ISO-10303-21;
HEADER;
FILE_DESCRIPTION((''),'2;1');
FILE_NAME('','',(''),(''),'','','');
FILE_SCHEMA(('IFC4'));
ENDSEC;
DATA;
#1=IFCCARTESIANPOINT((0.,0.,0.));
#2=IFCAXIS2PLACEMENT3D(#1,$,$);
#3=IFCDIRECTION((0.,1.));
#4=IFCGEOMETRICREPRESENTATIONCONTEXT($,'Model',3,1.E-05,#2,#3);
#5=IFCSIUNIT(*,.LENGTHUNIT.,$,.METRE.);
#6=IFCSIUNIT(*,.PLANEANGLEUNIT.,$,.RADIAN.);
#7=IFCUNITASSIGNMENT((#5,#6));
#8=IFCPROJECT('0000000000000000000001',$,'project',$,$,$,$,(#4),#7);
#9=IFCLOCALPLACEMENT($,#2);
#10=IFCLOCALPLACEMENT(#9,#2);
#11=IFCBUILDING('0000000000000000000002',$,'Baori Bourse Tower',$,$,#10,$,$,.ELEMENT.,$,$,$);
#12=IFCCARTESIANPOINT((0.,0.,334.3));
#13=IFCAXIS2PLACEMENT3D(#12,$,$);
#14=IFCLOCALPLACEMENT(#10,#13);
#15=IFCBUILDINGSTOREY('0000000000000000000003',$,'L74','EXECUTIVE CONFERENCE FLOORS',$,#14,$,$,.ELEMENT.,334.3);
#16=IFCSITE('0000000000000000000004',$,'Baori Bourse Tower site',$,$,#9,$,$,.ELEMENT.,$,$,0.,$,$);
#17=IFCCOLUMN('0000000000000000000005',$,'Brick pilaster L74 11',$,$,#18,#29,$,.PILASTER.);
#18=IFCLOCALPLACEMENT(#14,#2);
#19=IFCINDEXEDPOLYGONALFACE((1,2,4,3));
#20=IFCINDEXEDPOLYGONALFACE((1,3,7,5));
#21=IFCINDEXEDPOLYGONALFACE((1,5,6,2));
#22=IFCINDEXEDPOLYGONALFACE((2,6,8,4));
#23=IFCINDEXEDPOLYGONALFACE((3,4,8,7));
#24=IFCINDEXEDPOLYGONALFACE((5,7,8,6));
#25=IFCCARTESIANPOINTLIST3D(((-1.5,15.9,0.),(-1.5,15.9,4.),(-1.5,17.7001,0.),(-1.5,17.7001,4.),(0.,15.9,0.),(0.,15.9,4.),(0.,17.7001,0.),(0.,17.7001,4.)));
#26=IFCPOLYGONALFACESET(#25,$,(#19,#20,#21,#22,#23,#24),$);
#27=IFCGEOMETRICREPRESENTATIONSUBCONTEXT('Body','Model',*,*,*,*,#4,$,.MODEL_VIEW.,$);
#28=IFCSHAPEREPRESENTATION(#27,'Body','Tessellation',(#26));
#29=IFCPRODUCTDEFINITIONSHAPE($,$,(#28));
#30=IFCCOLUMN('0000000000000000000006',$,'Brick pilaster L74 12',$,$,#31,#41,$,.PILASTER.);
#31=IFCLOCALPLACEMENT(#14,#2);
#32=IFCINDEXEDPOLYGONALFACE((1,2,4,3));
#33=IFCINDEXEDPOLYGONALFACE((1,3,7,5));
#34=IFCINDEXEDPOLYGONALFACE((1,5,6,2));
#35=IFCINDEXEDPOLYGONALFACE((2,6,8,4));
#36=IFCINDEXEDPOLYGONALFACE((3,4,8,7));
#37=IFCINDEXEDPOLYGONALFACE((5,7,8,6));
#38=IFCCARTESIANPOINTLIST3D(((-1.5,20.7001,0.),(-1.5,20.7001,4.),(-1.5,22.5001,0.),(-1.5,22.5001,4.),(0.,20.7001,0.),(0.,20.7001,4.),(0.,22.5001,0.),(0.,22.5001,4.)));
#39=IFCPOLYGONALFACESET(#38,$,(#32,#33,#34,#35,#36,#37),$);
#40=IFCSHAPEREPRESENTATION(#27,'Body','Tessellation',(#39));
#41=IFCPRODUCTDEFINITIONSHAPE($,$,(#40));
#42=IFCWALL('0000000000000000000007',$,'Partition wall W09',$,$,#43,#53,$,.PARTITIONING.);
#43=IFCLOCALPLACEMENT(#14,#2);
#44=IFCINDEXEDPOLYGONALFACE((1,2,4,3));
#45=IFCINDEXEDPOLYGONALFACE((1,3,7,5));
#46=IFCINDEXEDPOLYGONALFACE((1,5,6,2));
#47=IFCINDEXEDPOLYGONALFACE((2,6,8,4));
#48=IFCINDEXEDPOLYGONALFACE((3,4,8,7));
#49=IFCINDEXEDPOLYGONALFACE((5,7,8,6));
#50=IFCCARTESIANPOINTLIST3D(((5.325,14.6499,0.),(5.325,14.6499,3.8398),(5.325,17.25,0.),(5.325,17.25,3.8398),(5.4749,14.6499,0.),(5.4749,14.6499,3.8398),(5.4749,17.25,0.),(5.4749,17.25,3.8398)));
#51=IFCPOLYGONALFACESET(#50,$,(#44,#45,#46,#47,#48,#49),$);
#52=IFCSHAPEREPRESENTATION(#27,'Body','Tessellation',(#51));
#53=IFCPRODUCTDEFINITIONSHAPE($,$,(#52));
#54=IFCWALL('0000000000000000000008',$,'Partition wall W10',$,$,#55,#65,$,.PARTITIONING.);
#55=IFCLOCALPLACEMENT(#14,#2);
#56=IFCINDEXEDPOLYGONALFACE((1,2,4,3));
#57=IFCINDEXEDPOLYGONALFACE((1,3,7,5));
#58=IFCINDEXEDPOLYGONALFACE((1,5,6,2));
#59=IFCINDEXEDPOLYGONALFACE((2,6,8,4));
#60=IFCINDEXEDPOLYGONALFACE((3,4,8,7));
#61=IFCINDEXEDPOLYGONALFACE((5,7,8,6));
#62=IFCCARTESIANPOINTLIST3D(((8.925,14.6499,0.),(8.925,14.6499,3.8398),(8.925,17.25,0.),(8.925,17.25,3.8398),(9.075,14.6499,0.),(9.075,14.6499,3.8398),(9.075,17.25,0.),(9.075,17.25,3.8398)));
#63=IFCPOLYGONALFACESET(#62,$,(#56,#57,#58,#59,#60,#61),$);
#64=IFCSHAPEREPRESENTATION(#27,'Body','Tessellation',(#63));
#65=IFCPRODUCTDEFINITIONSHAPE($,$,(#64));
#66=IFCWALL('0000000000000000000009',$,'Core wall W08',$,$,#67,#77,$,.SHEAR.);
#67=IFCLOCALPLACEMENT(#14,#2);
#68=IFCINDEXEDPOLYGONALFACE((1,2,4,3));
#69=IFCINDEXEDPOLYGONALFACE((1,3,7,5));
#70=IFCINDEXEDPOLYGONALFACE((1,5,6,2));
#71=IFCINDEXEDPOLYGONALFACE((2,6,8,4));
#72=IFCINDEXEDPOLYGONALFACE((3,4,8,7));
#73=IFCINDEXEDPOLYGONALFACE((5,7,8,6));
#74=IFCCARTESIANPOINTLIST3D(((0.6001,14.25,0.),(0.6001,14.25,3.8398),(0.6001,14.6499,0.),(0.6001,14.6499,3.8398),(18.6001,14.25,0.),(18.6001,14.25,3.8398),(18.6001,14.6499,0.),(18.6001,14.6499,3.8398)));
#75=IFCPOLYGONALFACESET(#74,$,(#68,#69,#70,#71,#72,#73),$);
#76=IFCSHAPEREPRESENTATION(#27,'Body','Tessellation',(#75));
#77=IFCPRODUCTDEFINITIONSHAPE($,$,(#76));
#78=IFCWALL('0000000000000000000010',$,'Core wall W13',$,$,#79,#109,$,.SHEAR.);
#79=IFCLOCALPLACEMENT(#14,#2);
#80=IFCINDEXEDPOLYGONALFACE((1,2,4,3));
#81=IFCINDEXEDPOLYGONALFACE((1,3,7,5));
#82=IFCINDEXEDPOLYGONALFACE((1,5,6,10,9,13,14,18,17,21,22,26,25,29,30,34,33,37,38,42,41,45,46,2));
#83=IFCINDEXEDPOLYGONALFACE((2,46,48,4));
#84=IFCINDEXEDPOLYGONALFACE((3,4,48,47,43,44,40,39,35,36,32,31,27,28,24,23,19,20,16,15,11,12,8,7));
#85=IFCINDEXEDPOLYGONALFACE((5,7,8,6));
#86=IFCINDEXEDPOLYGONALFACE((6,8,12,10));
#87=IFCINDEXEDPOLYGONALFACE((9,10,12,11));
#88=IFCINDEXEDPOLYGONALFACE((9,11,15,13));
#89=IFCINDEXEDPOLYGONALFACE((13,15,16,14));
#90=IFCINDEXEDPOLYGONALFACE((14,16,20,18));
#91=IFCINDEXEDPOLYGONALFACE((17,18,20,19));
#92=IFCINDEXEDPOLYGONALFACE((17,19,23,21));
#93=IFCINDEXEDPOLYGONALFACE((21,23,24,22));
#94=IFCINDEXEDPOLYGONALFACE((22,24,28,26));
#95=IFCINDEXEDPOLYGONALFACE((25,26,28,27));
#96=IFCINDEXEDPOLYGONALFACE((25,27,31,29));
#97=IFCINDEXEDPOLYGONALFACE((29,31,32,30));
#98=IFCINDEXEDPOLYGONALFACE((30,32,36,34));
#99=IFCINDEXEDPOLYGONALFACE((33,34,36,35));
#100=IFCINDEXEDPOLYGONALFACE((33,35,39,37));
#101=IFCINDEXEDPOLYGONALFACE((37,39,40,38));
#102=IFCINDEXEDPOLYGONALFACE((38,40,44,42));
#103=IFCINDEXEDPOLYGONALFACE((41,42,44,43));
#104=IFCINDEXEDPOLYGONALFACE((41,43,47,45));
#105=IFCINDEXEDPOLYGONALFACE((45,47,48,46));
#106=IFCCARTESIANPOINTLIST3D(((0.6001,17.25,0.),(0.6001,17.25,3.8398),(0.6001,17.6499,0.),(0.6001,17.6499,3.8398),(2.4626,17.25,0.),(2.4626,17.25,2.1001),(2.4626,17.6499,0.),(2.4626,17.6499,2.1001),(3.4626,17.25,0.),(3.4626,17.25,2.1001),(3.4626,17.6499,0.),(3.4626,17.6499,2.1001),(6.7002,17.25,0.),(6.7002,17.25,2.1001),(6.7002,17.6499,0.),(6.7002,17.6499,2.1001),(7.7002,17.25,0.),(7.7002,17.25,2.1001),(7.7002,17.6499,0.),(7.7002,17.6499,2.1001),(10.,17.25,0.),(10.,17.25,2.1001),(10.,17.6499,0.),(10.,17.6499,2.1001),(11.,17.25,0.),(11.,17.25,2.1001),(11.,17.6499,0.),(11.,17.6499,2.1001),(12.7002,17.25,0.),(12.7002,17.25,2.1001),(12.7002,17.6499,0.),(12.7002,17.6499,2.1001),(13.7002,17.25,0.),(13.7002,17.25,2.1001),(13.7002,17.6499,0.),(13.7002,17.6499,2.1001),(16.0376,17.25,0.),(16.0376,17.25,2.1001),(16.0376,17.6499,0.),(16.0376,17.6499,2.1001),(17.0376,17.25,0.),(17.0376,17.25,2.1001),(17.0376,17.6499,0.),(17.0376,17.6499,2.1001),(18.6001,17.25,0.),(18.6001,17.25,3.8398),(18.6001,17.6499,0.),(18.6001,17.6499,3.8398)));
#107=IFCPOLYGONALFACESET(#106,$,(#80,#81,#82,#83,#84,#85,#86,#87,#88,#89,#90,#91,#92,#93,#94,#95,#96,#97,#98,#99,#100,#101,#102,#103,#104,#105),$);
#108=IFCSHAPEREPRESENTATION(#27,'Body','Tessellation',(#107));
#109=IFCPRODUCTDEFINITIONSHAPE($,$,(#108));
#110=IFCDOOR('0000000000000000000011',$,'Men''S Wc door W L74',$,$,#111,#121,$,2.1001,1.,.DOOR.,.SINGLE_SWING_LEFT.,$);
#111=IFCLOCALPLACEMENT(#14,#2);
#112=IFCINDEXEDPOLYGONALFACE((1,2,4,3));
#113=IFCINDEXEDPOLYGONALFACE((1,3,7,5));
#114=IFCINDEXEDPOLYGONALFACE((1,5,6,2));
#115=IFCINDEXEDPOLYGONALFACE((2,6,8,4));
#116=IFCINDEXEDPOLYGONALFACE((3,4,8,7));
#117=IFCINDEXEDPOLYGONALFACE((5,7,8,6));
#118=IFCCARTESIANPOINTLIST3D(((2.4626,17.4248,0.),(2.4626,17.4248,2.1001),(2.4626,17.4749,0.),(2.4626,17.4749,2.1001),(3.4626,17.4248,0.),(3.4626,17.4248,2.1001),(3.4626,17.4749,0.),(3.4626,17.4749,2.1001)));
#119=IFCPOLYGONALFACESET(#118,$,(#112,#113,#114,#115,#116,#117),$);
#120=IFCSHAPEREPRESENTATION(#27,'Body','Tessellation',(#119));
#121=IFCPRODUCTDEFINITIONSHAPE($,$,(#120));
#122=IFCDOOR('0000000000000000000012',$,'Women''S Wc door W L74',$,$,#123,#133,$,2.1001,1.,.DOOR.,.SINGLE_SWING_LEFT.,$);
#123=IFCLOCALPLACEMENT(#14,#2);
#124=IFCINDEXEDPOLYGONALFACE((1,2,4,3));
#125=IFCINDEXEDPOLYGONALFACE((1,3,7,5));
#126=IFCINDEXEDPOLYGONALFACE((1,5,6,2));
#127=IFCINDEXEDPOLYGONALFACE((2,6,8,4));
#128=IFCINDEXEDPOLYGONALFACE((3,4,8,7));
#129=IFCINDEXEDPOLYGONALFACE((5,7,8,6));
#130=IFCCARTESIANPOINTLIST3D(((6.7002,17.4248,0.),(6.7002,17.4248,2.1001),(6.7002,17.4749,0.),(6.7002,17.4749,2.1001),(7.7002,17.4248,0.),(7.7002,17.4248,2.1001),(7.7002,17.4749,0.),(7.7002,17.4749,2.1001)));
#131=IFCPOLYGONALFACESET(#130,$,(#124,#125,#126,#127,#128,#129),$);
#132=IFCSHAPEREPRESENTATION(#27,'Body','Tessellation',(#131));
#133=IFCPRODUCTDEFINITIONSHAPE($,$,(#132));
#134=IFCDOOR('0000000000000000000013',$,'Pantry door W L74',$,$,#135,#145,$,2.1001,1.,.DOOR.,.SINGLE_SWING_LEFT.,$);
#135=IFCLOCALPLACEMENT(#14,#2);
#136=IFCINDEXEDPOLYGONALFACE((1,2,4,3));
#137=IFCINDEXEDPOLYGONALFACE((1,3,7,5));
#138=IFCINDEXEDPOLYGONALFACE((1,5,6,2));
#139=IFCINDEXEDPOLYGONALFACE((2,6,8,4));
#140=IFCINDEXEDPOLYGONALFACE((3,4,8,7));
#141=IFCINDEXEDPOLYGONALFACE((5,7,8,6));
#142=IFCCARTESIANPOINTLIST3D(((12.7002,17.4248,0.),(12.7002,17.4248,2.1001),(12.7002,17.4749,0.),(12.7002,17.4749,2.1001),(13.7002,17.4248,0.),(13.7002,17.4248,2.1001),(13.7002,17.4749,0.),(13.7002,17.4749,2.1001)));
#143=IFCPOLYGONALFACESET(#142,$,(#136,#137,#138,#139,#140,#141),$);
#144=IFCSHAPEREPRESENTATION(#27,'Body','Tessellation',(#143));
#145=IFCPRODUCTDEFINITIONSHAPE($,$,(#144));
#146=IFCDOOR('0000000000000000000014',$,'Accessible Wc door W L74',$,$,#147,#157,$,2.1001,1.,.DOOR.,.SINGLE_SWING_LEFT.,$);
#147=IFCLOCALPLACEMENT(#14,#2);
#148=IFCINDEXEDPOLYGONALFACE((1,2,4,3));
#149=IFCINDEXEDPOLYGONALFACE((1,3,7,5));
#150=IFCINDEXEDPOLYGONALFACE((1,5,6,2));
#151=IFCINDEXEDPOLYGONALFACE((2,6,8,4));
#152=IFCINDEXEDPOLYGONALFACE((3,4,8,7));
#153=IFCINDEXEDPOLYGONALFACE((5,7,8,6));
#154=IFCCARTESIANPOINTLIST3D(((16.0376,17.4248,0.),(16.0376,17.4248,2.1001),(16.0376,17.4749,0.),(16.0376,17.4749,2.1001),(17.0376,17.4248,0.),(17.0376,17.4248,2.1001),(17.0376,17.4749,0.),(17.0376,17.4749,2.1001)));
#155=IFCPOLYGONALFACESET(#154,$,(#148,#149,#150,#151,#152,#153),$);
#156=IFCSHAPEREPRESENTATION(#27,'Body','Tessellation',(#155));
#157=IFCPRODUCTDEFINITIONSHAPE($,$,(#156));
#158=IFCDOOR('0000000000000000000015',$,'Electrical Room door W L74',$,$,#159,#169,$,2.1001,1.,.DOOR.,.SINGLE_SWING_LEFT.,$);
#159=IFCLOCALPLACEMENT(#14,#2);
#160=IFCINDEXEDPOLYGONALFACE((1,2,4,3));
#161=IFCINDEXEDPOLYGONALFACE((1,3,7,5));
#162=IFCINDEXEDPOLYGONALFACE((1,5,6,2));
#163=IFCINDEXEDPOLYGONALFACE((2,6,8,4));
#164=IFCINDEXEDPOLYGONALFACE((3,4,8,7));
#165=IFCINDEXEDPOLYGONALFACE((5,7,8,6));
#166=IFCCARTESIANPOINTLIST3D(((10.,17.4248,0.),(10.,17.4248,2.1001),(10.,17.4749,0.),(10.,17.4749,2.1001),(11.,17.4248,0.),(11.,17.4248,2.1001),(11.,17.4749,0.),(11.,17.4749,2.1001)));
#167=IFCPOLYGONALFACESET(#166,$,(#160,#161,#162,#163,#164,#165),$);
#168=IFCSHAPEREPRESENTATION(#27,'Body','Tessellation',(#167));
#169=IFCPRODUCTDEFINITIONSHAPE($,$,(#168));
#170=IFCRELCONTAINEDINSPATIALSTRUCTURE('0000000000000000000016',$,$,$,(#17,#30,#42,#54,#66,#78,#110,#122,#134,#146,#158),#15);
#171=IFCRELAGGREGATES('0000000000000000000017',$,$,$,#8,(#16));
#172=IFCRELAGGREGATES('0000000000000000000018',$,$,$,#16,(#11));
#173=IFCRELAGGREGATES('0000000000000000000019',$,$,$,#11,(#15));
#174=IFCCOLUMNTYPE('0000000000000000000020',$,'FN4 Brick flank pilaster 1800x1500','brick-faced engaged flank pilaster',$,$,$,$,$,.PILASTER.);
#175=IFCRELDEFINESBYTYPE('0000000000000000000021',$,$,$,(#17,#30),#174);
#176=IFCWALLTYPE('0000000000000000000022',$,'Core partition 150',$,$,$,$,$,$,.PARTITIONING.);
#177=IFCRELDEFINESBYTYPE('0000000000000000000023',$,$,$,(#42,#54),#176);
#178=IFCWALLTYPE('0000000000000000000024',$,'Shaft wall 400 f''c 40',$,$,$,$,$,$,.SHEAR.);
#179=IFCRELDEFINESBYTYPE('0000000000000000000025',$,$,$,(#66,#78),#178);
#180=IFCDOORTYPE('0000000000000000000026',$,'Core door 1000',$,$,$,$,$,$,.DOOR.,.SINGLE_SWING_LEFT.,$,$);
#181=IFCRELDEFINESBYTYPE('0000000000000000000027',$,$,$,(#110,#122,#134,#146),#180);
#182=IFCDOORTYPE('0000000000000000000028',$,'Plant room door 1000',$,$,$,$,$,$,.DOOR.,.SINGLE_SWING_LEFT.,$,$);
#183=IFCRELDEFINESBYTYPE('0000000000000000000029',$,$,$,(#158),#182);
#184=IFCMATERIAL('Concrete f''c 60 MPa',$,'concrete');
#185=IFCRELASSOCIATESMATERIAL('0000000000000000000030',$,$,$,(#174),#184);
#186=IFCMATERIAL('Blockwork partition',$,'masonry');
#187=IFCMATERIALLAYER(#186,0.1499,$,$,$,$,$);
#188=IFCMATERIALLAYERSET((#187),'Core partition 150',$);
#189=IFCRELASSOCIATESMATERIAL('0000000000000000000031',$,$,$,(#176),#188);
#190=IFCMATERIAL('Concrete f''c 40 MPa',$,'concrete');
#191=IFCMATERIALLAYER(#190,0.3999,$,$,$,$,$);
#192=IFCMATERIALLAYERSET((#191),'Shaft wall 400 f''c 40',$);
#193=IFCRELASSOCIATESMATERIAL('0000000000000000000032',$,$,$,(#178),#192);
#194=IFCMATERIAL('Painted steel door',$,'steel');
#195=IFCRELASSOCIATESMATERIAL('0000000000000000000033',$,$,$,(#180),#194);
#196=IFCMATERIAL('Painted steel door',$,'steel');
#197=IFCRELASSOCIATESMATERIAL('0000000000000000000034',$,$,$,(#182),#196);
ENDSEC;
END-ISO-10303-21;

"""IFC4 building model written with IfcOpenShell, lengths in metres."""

from ifc_helpers import new_model, si_unit, direction, frame, frame_2d, origin, origin_2d, place, context, subcontext, project, spatial, rectangle, extrude, material, layer, layer_set, material_profile, profile_set, type_object, element, fill, save


model = new_model("IFC4")

# Units and contexts
model_context = context("Model", 3, precision=1e-05, world=origin(), true_north=direction((0.0, 1.0)))
body_context = subcontext(model_context, "Body", "Model", "MODEL_VIEW")
ifc_project = project(units=[si_unit("LENGTHUNIT", "METRE"), si_unit("PLANEANGLEUNIT", "RADIAN")], contexts=[model_context])

# Site, building, storey
site_placement = place(None, origin())
site = spatial("IfcSite", under=ifc_project, at=site_placement, Name="Baori Bourse Tower site", CompositionType="ELEMENT", RefElevation=0.0)
building_placement = place(site_placement, origin())
building = spatial("IfcBuilding", under=site, at=building_placement, Name="Baori Bourse Tower", CompositionType="ELEMENT")
storey_placement = place(building_placement, frame((0.0, 0.0, 334.3)))
storey = spatial("IfcBuildingStorey", under=building, at=storey_placement, Name="L74", Description="EXECUTIVE CONFERENCE FLOORS", CompositionType="ELEMENT", Elevation=334.3)

# Columns
ifc_material_1 = material(Name="Concrete f'c 60 MPa", Category="concrete")
ifc_material_profile = material_profile(ifc_material_1, rectangle(XDim=1.8, YDim=1.5, at=origin_2d()), Name="RC 1800x1500")
ifc_profile_set = profile_set([ifc_material_profile], Name="Concrete f'c 60 MPa")
column_type = type_object("IfcColumnType", Name="FN4 Brick flank pilaster 1800x1500", Description="brick-faced engaged flank pilaster", PredefinedType="PILASTER", material=ifc_profile_set)
for number, where, z_axis, x_axis, name in (
    (1, (-0.75, 16.8, 0.0), (0.0, 0.0, 1.0), (0.0, 1.0, 0.0), "Brick pilaster L74 11"),
    (2, (-0.75, 21.6001, 0.0), (0.0, 0.0, 1.0), (0.0, 1.0, 0.0), "Brick pilaster L74 12"),
):
    element("IfcColumn", number, at=place(storey_placement, frame(where, z_axis=z_axis, x_axis=x_axis)), inside=storey, type_object=column_type, Name=name, PredefinedType="PILASTER", context=body_context, shape_type="SweptSolid", body=[
        extrude(rectangle(XDim=1.8, YDim=1.5, at=origin_2d()), origin(), (0.0, 0.0, 1.0), 4.0),
    ])

# Walls
ifc_material_2 = material(Name="Blockwork partition", Category="masonry")
ifc_layer_1 = layer(ifc_material_2, 0.1499)
ifc_layer_set_1 = layer_set([ifc_layer_1], Name="Core partition 150")
wall_type_1 = type_object("IfcWallType", Name="Core partition 150", PredefinedType="PARTITIONING", material=ifc_layer_set_1)
for number, where, z_axis, x_axis, name in (
    (3, (5.3999, 14.6499, 0.0), (0.0, 0.0, 1.0), (0.0, 1.0, 0.0), "Partition wall W09"),
    (4, (9.0, 14.6499, 0.0), (0.0, 0.0, 1.0), (0.0, 1.0, 0.0), "Partition wall W10"),
):
    element("IfcWall", number, at=place(storey_placement, frame(where, z_axis=z_axis, x_axis=x_axis)), inside=storey, type_object=wall_type_1, Name=name, PredefinedType="PARTITIONING", context=body_context, shape_type="SweptSolid", body=[
        extrude(rectangle(XDim=2.6001, YDim=0.1499, at=frame_2d((1.3, 0.0))), origin(), (0.0, 0.0, 1.0), 3.8398),
    ])
ifc_material_3 = material(Name="Concrete f'c 40 MPa", Category="concrete")
ifc_layer_2 = layer(ifc_material_3, 0.3999)
ifc_layer_set_2 = layer_set([ifc_layer_2], Name="Shaft wall 400 f'c 40")
wall_type_2 = type_object("IfcWallType", Name="Shaft wall 400 f'c 40", PredefinedType="SHEAR", material=ifc_layer_set_2)
wall_1_placement = place(storey_placement, frame((0.6001, 14.45, 0.0), z_axis=(0.0, 0.0, 1.0), x_axis=(1.0, 0.0, 0.0)))
element("IfcWall", 5, at=wall_1_placement, inside=storey, type_object=wall_type_2, Name="Core wall W08", PredefinedType="SHEAR", context=body_context, shape_type="SweptSolid", body=[
    extrude(rectangle(XDim=18.0, YDim=0.3999, at=frame_2d((9.0, 0.0))), origin(), (0.0, 0.0, 1.0), 3.8398),
])

# Wall, openings, doors
wall_2_placement = place(storey_placement, frame((0.6001, 17.45, 0.0), z_axis=(0.0, 0.0, 1.0), x_axis=(1.0, 0.0, 0.0)))
wall_2 = element("IfcWall", 6, at=wall_2_placement, inside=storey, type_object=wall_type_2, Name="Core wall W13", PredefinedType="SHEAR", context=body_context, shape_type="SweptSolid", body=[
    extrude(rectangle(XDim=18.0, YDim=0.3999, at=frame_2d((9.0, 0.0))), origin(), (0.0, 0.0, 1.0), 3.8398),
])
opening_1_placement = place(wall_2_placement, frame((1.8625, 0.0, 0.0)))
opening_1 = element("IfcOpeningElement", 7, at=opening_1_placement, cuts=wall_2, PredefinedType="OPENING", context=body_context, shape_type="SweptSolid", body=[
    extrude(rectangle(XDim=1.0, YDim=2.1001, at=frame_2d((0.5, 1.05))), frame((0.0, 0.21, 0.0), z_axis=(0.0, -1.0, 0.0), x_axis=(1.0, 0.0, 0.0)), (0.0, 0.0, 1.0), 0.4199),
])
opening_2_placement = place(wall_2_placement, frame((6.1001, 0.0, 0.0)))
opening_2 = element("IfcOpeningElement", 8, at=opening_2_placement, cuts=wall_2, PredefinedType="OPENING", context=body_context, shape_type="SweptSolid", body=[
    extrude(rectangle(XDim=1.0, YDim=2.1001, at=frame_2d((0.5, 1.05))), frame((0.0, 0.21, 0.0), z_axis=(0.0, -1.0, 0.0), x_axis=(1.0, 0.0, 0.0)), (0.0, 0.0, 1.0), 0.4199),
])
opening_3_placement = place(wall_2_placement, frame((9.3999, 0.0, 0.0)))
opening_3 = element("IfcOpeningElement", 9, at=opening_3_placement, cuts=wall_2, PredefinedType="OPENING", context=body_context, shape_type="SweptSolid", body=[
    extrude(rectangle(XDim=1.0, YDim=2.1001, at=frame_2d((0.5, 1.05))), frame((0.0, 0.21, 0.0), z_axis=(0.0, -1.0, 0.0), x_axis=(1.0, 0.0, 0.0)), (0.0, 0.0, 1.0), 0.4199),
])
opening_4_placement = place(wall_2_placement, frame((12.1001, 0.0, 0.0)))
opening_4 = element("IfcOpeningElement", 10, at=opening_4_placement, cuts=wall_2, PredefinedType="OPENING", context=body_context, shape_type="SweptSolid", body=[
    extrude(rectangle(XDim=1.0, YDim=2.1001, at=frame_2d((0.5, 1.05))), frame((0.0, 0.21, 0.0), z_axis=(0.0, -1.0, 0.0), x_axis=(1.0, 0.0, 0.0)), (0.0, 0.0, 1.0), 0.4199),
])
opening_5_placement = place(wall_2_placement, frame((15.4375, 0.0, 0.0)))
opening_5 = element("IfcOpeningElement", 11, at=opening_5_placement, cuts=wall_2, PredefinedType="OPENING", context=body_context, shape_type="SweptSolid", body=[
    extrude(rectangle(XDim=1.0, YDim=2.1001, at=frame_2d((0.5, 1.05))), frame((0.0, 0.21, 0.0), z_axis=(0.0, -1.0, 0.0), x_axis=(1.0, 0.0, 0.0)), (0.0, 0.0, 1.0), 0.4199),
])
ifc_material_4 = material(Name="Painted steel door", Category="steel")
door_type_1 = type_object("IfcDoorType", Name="Core door 1000", OperationType="SINGLE_SWING_LEFT", PredefinedType="DOOR", material=ifc_material_4)
door_1_placement = place(opening_1_placement, origin())
door_1 = element("IfcDoor", 12, at=door_1_placement, inside=storey, type_object=door_type_1, Name="Men'S Wc door W L74", OperationType="SINGLE_SWING_LEFT", OverallHeight=2.1001, OverallWidth=1.0, PredefinedType="DOOR", context=body_context, shape_type="SweptSolid", body=[
    extrude(rectangle(XDim=1.0, YDim=2.1001, at=frame_2d((0.5, 1.05))), frame((0.0, 0.0249, 0.0), z_axis=(0.0, -1.0, 0.0), x_axis=(1.0, 0.0, 0.0)), (0.0, 0.0, 1.0), 0.05),
])
fill(opening_1, door_1)
door_2_placement = place(opening_2_placement, origin())
door_2 = element("IfcDoor", 13, at=door_2_placement, inside=storey, type_object=door_type_1, Name="Women'S Wc door W L74", OperationType="SINGLE_SWING_LEFT", OverallHeight=2.1001, OverallWidth=1.0, PredefinedType="DOOR", context=body_context, shape_type="SweptSolid", body=[
    extrude(rectangle(XDim=1.0, YDim=2.1001, at=frame_2d((0.5, 1.05))), frame((0.0, 0.0249, 0.0), z_axis=(0.0, -1.0, 0.0), x_axis=(1.0, 0.0, 0.0)), (0.0, 0.0, 1.0), 0.05),
])
fill(opening_2, door_2)
door_3_placement = place(opening_4_placement, origin())
door_3 = element("IfcDoor", 14, at=door_3_placement, inside=storey, type_object=door_type_1, Name="Pantry door W L74", OperationType="SINGLE_SWING_LEFT", OverallHeight=2.1001, OverallWidth=1.0, PredefinedType="DOOR", context=body_context, shape_type="SweptSolid", body=[
    extrude(rectangle(XDim=1.0, YDim=2.1001, at=frame_2d((0.5, 1.05))), frame((0.0, 0.0249, 0.0), z_axis=(0.0, -1.0, 0.0), x_axis=(1.0, 0.0, 0.0)), (0.0, 0.0, 1.0), 0.05),
])
fill(opening_4, door_3)
door_4_placement = place(opening_5_placement, origin())
door_4 = element("IfcDoor", 15, at=door_4_placement, inside=storey, type_object=door_type_1, Name="Accessible Wc door W L74", OperationType="SINGLE_SWING_LEFT", OverallHeight=2.1001, OverallWidth=1.0, PredefinedType="DOOR", context=body_context, shape_type="SweptSolid", body=[
    extrude(rectangle(XDim=1.0, YDim=2.1001, at=frame_2d((0.5, 1.05))), frame((0.0, 0.0249, 0.0), z_axis=(0.0, -1.0, 0.0), x_axis=(1.0, 0.0, 0.0)), (0.0, 0.0, 1.0), 0.05),
])
fill(opening_5, door_4)
ifc_material_5 = material(Name="Painted steel door", Category="steel")
door_type_2 = type_object("IfcDoorType", Name="Plant room door 1000", OperationType="SINGLE_SWING_LEFT", PredefinedType="DOOR", material=ifc_material_5)
door_5_placement = place(opening_3_placement, origin())
door_5 = element("IfcDoor", 16, at=door_5_placement, inside=storey, type_object=door_type_2, Name="Electrical Room door W L74", OperationType="SINGLE_SWING_LEFT", OverallHeight=2.1001, OverallWidth=1.0, PredefinedType="DOOR", context=body_context, shape_type="SweptSolid", body=[
    extrude(rectangle(XDim=1.0, YDim=2.1001, at=frame_2d((0.5, 1.05))), frame((0.0, 0.0249, 0.0), z_axis=(0.0, -1.0, 0.0), x_axis=(1.0, 0.0, 0.0)), (0.0, 0.0, 1.0), 0.05),
])
fill(opening_3, door_5)

save(model, "model.ifc")
